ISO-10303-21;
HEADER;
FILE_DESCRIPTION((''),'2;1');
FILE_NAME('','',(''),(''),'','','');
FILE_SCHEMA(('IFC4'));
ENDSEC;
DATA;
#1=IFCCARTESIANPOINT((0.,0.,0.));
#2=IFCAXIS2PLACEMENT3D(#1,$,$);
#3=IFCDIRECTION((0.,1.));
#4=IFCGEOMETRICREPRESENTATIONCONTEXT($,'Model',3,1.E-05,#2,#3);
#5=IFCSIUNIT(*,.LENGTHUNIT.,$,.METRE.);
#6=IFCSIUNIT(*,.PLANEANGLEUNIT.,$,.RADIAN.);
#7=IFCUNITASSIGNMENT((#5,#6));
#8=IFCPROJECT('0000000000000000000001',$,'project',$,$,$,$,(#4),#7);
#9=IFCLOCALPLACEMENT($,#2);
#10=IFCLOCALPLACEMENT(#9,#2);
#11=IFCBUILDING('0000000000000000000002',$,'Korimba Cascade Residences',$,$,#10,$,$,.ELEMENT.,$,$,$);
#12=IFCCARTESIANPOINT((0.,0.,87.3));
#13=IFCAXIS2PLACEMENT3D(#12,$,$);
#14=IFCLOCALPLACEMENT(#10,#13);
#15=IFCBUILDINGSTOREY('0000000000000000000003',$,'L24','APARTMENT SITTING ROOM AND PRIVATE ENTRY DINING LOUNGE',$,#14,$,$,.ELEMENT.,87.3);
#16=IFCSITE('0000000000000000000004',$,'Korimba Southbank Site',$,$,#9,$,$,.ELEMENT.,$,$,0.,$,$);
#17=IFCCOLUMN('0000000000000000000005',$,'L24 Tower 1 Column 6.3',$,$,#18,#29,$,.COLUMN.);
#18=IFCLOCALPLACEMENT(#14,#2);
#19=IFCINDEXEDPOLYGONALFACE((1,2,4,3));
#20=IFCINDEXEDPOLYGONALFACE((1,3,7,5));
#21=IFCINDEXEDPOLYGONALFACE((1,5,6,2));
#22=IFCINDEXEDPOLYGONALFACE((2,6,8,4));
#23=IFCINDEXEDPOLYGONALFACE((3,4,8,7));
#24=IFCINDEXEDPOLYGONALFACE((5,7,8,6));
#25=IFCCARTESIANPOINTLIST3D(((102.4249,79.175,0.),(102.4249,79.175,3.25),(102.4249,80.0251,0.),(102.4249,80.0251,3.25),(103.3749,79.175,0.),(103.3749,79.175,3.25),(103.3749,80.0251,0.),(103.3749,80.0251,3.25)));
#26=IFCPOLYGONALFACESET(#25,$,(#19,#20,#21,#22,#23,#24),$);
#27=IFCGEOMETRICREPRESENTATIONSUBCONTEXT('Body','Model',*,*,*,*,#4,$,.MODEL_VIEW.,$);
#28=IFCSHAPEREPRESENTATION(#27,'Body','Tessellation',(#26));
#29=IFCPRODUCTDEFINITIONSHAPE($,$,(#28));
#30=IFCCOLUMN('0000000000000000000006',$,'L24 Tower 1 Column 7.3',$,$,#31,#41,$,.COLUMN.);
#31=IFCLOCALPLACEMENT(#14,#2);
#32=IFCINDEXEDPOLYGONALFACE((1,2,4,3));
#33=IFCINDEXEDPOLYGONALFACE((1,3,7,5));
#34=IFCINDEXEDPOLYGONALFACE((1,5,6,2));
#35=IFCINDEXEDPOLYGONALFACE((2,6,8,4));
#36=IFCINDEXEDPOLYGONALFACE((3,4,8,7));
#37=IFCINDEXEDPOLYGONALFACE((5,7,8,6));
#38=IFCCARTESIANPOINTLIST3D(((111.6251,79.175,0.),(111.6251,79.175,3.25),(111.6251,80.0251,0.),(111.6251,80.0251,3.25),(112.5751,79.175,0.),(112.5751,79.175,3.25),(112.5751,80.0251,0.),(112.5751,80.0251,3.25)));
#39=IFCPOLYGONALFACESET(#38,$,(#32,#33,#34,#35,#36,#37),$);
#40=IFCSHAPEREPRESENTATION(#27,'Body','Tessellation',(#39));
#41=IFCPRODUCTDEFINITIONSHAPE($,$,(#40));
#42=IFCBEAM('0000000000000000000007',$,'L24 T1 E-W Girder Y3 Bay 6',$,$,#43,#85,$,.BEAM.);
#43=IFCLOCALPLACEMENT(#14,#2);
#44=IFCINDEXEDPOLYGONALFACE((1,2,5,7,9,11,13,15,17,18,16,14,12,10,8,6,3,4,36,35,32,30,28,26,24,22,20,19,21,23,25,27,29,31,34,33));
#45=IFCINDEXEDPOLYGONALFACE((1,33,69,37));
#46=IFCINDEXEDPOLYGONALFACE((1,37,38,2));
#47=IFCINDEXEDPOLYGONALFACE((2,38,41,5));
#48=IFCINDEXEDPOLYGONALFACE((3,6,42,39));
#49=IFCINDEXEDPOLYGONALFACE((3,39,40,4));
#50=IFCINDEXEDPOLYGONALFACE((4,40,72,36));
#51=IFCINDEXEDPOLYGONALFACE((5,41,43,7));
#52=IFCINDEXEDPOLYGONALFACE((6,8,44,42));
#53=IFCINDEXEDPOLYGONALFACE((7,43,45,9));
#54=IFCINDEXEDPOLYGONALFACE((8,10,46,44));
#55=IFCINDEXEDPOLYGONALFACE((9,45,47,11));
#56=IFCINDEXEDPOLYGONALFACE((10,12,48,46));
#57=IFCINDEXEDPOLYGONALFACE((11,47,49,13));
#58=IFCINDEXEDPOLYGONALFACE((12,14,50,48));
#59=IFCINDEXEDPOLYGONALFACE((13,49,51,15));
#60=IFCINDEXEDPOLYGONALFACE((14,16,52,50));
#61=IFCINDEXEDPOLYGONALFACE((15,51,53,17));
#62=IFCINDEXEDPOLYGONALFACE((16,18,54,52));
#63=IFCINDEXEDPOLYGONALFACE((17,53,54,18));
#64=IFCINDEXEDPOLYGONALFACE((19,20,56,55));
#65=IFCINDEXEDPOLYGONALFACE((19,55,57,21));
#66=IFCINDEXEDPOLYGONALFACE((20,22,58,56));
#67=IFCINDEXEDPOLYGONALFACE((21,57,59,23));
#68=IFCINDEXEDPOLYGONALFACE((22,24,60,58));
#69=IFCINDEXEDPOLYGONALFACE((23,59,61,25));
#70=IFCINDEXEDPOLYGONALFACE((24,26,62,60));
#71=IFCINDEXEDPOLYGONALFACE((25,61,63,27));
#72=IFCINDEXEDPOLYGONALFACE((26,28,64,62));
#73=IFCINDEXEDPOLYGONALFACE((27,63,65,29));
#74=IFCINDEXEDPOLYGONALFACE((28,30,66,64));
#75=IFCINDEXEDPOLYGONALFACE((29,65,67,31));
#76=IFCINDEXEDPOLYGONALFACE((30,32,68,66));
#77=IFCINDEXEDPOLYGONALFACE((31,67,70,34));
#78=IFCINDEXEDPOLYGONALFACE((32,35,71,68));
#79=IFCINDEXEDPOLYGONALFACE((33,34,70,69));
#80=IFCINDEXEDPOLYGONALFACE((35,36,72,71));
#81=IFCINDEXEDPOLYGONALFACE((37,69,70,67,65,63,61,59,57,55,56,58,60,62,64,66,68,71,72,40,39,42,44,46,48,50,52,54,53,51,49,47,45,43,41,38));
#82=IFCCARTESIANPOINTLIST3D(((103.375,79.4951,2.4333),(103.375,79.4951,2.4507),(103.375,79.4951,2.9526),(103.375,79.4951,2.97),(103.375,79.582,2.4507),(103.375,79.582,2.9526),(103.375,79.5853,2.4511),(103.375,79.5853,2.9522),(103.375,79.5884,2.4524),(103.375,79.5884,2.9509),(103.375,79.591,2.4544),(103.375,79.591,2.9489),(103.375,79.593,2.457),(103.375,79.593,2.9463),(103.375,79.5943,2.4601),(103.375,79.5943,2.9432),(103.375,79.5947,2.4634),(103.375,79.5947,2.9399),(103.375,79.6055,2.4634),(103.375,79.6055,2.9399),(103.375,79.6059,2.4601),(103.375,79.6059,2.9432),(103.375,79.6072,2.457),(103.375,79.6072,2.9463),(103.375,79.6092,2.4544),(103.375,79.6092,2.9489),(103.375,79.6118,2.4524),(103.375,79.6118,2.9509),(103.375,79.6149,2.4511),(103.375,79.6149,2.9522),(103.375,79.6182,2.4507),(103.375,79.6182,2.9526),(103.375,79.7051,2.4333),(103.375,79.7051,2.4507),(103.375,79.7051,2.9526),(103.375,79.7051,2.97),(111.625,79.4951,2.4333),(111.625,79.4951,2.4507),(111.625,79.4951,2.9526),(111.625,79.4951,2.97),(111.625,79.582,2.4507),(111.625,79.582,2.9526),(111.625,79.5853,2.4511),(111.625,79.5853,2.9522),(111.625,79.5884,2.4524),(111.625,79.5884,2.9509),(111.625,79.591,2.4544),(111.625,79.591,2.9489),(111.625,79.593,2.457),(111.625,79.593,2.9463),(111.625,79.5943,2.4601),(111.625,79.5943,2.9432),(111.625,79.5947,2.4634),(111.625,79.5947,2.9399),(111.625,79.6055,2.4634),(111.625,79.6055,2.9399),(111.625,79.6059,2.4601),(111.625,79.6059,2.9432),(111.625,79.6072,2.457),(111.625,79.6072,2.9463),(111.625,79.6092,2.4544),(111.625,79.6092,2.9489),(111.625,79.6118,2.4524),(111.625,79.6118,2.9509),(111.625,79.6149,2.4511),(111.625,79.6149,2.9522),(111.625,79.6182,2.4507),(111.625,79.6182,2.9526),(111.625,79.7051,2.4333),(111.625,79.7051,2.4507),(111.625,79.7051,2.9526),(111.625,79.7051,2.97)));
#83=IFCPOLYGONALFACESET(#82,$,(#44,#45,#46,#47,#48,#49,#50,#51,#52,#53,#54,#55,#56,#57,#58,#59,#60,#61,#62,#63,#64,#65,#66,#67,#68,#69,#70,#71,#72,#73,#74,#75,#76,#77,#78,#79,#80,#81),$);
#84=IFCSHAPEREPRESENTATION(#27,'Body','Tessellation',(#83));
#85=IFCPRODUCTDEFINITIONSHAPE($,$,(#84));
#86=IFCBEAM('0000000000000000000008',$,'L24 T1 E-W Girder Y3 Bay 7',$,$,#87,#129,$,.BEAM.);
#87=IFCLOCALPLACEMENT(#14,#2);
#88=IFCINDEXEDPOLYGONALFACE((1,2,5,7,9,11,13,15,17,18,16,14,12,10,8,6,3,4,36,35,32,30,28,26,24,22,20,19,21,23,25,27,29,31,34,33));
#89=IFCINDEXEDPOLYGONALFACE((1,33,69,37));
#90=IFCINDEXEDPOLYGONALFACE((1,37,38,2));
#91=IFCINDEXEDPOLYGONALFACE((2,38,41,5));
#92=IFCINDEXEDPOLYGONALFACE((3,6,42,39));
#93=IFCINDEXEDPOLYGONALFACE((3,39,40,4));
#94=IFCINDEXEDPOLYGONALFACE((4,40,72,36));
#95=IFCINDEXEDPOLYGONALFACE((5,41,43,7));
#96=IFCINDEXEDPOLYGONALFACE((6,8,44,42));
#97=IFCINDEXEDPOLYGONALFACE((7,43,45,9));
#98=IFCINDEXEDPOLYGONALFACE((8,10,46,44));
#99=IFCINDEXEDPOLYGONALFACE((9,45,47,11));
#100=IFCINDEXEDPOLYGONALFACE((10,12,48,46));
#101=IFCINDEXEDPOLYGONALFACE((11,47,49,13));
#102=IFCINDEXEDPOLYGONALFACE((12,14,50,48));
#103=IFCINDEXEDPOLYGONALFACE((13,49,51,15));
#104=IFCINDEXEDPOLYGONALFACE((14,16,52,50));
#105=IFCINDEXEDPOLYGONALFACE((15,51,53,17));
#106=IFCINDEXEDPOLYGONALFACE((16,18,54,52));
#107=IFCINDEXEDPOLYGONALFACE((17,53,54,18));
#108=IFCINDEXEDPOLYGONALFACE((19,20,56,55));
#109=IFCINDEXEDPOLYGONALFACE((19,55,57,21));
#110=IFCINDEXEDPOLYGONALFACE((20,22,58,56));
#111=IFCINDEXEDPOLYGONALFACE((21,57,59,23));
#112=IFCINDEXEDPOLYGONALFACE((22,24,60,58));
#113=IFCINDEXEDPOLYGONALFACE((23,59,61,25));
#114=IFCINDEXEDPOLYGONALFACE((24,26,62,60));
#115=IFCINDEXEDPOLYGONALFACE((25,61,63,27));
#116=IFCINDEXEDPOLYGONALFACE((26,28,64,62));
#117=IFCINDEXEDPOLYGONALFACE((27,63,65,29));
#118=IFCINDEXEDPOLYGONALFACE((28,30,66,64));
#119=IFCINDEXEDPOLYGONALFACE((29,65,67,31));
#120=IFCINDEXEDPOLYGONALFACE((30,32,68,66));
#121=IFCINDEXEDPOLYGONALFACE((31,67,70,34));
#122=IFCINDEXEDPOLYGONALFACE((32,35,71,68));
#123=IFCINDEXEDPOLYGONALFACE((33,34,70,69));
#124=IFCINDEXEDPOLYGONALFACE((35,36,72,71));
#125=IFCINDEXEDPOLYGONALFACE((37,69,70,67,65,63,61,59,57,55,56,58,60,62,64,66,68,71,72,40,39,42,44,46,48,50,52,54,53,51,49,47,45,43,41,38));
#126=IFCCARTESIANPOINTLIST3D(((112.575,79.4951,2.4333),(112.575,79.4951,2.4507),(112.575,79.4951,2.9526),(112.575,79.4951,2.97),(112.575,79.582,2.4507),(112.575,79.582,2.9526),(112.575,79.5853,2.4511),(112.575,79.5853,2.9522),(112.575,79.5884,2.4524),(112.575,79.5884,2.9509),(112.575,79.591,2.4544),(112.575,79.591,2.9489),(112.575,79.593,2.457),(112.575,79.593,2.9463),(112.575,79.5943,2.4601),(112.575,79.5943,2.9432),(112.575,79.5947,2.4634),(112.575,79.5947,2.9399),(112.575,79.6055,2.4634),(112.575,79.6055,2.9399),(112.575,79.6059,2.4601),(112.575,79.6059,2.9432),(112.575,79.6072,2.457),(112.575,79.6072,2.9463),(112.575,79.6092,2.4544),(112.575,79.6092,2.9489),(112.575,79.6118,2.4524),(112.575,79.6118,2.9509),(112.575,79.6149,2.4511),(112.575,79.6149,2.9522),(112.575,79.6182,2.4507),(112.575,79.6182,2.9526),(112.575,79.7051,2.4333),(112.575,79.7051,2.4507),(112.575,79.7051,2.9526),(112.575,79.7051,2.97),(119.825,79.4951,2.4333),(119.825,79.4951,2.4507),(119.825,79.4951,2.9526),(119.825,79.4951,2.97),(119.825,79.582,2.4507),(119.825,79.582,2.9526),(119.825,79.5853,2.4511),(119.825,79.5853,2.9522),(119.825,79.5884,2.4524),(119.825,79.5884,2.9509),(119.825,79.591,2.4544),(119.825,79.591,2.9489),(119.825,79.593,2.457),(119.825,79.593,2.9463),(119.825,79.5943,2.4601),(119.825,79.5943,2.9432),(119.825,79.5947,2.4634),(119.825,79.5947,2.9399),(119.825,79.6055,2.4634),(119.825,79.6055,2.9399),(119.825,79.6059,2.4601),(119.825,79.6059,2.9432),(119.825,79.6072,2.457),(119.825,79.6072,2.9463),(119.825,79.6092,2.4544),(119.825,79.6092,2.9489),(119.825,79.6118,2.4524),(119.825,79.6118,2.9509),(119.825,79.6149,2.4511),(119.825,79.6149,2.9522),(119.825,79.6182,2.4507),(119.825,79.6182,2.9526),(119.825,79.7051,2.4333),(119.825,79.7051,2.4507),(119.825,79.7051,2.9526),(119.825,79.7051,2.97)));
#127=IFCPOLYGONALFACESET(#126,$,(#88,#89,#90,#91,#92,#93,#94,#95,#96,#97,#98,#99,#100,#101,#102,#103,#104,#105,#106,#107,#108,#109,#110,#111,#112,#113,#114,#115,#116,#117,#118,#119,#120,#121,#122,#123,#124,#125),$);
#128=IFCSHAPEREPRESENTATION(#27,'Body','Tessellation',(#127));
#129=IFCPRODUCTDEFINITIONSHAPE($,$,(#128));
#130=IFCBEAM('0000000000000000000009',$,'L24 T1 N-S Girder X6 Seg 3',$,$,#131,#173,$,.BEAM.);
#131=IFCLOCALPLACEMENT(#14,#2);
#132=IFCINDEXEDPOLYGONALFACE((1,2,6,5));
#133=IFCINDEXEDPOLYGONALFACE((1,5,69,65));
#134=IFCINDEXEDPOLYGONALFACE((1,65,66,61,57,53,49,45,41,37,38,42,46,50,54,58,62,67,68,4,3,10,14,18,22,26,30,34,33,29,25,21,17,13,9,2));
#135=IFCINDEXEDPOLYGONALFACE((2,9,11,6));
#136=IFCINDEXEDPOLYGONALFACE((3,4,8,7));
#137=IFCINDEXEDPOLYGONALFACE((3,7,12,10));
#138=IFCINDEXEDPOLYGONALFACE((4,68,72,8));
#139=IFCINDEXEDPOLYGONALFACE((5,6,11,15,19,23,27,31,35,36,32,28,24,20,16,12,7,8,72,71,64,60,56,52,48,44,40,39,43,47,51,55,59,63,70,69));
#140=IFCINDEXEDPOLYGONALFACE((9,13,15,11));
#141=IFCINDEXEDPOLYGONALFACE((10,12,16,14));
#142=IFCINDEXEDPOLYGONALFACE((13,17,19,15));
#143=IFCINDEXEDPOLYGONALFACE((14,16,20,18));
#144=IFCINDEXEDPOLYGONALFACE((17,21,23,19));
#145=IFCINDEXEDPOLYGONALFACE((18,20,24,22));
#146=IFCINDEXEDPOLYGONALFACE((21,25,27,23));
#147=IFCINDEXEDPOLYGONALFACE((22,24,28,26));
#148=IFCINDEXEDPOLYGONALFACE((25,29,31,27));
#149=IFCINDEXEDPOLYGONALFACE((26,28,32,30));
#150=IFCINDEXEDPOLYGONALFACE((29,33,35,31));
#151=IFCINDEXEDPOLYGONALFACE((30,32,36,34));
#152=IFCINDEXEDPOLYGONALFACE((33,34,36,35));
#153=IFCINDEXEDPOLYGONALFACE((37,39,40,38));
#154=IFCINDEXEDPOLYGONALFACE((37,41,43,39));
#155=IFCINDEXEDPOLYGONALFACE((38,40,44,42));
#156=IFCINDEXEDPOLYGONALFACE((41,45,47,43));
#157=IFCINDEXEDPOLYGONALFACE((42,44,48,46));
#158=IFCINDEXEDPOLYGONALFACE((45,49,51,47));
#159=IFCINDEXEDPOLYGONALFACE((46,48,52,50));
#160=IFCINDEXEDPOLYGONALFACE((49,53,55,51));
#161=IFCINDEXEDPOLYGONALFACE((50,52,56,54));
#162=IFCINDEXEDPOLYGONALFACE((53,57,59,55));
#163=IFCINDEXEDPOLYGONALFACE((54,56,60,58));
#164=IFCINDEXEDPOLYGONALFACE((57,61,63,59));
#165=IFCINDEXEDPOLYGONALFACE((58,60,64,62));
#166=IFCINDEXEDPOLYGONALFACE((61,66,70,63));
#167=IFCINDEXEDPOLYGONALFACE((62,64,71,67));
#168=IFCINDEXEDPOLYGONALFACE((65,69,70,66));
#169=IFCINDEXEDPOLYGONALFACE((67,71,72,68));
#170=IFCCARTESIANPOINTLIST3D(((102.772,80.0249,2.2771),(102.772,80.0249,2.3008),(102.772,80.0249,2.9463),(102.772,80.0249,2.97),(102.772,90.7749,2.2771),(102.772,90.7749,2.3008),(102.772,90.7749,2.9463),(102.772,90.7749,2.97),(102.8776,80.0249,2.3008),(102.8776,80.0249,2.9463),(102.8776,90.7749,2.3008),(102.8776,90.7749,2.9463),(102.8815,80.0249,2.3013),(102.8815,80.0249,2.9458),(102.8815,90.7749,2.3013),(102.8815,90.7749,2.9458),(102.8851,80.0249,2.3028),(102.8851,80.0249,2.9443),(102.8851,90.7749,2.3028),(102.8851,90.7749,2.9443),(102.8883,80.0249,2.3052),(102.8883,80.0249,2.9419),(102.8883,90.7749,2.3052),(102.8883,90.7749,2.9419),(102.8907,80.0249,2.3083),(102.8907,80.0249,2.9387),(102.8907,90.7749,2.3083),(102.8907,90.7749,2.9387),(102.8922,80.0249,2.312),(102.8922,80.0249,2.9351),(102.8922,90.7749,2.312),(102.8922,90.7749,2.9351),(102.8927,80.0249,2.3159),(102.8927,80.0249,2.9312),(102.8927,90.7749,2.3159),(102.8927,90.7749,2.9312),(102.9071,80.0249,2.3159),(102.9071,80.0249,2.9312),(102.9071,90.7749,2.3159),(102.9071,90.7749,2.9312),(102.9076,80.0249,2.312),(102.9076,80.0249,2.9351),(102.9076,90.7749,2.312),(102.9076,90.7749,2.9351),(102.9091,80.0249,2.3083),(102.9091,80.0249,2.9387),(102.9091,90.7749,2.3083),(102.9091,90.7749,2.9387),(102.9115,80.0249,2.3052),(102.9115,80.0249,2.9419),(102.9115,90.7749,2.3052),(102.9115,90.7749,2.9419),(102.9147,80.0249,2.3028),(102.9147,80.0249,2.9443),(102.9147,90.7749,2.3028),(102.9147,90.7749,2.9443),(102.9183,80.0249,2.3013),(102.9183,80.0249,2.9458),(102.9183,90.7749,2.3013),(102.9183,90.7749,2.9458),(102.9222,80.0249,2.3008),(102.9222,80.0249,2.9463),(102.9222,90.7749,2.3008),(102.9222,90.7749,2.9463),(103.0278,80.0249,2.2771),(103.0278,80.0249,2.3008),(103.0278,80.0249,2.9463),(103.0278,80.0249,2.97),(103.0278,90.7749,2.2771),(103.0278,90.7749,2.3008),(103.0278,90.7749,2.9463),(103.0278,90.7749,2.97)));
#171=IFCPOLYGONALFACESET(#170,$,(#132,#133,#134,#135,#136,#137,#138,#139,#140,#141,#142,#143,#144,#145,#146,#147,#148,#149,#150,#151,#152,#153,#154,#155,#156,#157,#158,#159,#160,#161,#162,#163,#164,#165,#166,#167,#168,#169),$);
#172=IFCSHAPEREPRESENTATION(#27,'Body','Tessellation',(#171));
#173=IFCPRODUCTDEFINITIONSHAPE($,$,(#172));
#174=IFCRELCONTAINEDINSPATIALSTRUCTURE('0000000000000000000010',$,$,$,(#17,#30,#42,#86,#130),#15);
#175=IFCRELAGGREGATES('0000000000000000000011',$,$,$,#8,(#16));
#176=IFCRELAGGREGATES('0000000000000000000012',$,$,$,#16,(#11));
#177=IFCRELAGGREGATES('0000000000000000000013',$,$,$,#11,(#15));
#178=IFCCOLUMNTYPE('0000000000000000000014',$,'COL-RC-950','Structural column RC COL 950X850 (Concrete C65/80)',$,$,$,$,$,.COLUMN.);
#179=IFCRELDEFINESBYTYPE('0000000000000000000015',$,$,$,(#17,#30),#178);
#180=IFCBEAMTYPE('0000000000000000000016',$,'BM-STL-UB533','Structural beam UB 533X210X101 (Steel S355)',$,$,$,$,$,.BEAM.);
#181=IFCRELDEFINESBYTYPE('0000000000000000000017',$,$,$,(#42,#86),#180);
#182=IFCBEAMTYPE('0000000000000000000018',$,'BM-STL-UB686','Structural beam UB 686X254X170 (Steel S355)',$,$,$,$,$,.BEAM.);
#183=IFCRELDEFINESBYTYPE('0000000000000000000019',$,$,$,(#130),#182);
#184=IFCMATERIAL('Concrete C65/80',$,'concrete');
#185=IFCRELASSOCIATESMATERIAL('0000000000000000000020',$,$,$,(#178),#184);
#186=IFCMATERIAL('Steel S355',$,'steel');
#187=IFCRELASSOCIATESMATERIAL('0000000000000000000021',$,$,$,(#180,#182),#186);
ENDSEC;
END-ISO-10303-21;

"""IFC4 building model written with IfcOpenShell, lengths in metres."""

from ifc_helpers import new_model, si_unit, direction, frame, origin, origin_2d, place, context, subcontext, project, spatial, rectangle, i_section, extrude, material, material_profile, profile_set, type_object, element, save


model = new_model("IFC4")

# Units and contexts
model_context = context("Model", 3, precision=1e-05, world=origin(), true_north=direction((0.0, 1.0)))
body_context = subcontext(model_context, "Body", "Model", "MODEL_VIEW")
ifc_project = project(units=[si_unit("LENGTHUNIT", "METRE"), si_unit("PLANEANGLEUNIT", "RADIAN")], contexts=[model_context])

# Site, building, storey
site_placement = place(None, origin())
site = spatial("IfcSite", under=ifc_project, at=site_placement, Name="Korimba Southbank Site", CompositionType="ELEMENT", RefElevation=0.0)
building_placement = place(site_placement, origin())
building = spatial("IfcBuilding", under=site, at=building_placement, Name="Korimba Cascade Residences", CompositionType="ELEMENT")
storey_placement = place(building_placement, frame((0.0, 0.0, 87.3)))
storey = spatial("IfcBuildingStorey", under=building, at=storey_placement, Name="L24", Description="APARTMENT SITTING ROOM AND PRIVATE ENTRY DINING LOUNGE", CompositionType="ELEMENT", Elevation=87.3)

# Columns
ifc_material_1 = material(Name="Concrete C65/80", Category="concrete")
ifc_material_profile_1 = material_profile(ifc_material_1, rectangle(XDim=0.95, YDim=0.8501, at=origin_2d()), Name="Concrete C65/80")
ifc_profile_set_1 = profile_set([ifc_material_profile_1], Name="Concrete C65/80")
column_type = type_object("IfcColumnType", Name="COL-RC-950", Description="Structural column RC COL 950X850 (Concrete C65/80)", PredefinedType="COLUMN", material=ifc_profile_set_1)
for number, where, z_axis, x_axis, name in (
    (1, (102.8999, 79.6001, 0.0), (0.0, 0.0, 1.0), (1.0, 0.0, 0.0), "L24 Tower 1 Column 6.3"),
    (2, (112.1001, 79.6001, 0.0), (0.0, 0.0, 1.0), (1.0, 0.0, 0.0), "L24 Tower 1 Column 7.3"),
):
    element("IfcColumn", number, at=place(storey_placement, frame(where, z_axis=z_axis, x_axis=x_axis)), inside=storey, type_object=column_type, Name=name, PredefinedType="COLUMN", context=body_context, shape_type="SweptSolid", body=[
        extrude(rectangle(XDim=0.95, YDim=0.8501, at=origin_2d()), origin(), (0.0, 0.0, 1.0), 3.25),
    ])

# Beams
ifc_material_2 = material(Name="Steel S355", Category="steel")
ifc_material_profile_2 = material_profile(ifc_material_2, i_section(OverallWidth=0.21, OverallDepth=0.5366, WebThickness=0.0107, FlangeThickness=0.0173, FilletRadius=0.0127, at=origin_2d()), Name="Steel S355")
ifc_profile_set_2 = profile_set([ifc_material_profile_2], Name="Steel S355")
beam_type_1 = type_object("IfcBeamType", Name="BM-STL-UB533", Description="Structural beam UB 533X210X101 (Steel S355)", PredefinedType="BEAM", material=ifc_profile_set_2)
beam_1_placement = place(storey_placement, frame((103.375, 79.6001, 2.7017), z_axis=(1.0, 0.0, 0.0), x_axis=(0.0, 1.0, 0.0)))
element("IfcBeam", 3, at=beam_1_placement, inside=storey, type_object=beam_type_1, Name="L24 T1 E-W Girder Y3 Bay 6", PredefinedType="BEAM", context=body_context, shape_type="SweptSolid", body=[
    extrude(i_section(OverallWidth=0.21, OverallDepth=0.5366, WebThickness=0.0107, FlangeThickness=0.0173, FilletRadius=0.0127, at=origin_2d()), origin(), (0.0, 0.0, 1.0), 8.25),
])
beam_2_placement = place(storey_placement, frame((112.575, 79.6001, 2.7017), z_axis=(1.0, 0.0, 0.0), x_axis=(0.0, 1.0, 0.0)))
element("IfcBeam", 4, at=beam_2_placement, inside=storey, type_object=beam_type_1, Name="L24 T1 E-W Girder Y3 Bay 7", PredefinedType="BEAM", context=body_context, shape_type="SweptSolid", body=[
    extrude(i_section(OverallWidth=0.21, OverallDepth=0.5366, WebThickness=0.0107, FlangeThickness=0.0173, FilletRadius=0.0127, at=origin_2d()), origin(), (0.0, 0.0, 1.0), 7.25),
])
ifc_material_profile_3 = material_profile(ifc_material_2, i_section(OverallWidth=0.2559, OverallDepth=0.6929, WebThickness=0.0144, FlangeThickness=0.0237, FilletRadius=0.0151, at=origin_2d()), Name="Steel S355")
ifc_profile_set_3 = profile_set([ifc_material_profile_3], Name="Steel S355")
beam_type_2 = type_object("IfcBeamType", Name="BM-STL-UB686", Description="Structural beam UB 686X254X170 (Steel S355)", PredefinedType="BEAM", material=ifc_profile_set_3)
for number, where, z_axis, x_axis, name in (
    (5, (102.8999, 80.0249, 2.6235), (0.0, 1.0, 0.0), (-1.0, 0.0, 0.0), "L24 T1 N-S Girder X6 Seg 3"),
):
    element("IfcBeam", number, at=place(storey_placement, frame(where, z_axis=z_axis, x_axis=x_axis)), inside=storey, type_object=beam_type_2, Name=name, PredefinedType="BEAM", context=body_context, shape_type="SweptSolid", body=[
        extrude(i_section(OverallWidth=0.2559, OverallDepth=0.6929, WebThickness=0.0144, FlangeThickness=0.0237, FilletRadius=0.0151, at=origin_2d()), origin(), (0.0, 0.0, 1.0), 10.75),
    ])

save(model, "model.ifc")
